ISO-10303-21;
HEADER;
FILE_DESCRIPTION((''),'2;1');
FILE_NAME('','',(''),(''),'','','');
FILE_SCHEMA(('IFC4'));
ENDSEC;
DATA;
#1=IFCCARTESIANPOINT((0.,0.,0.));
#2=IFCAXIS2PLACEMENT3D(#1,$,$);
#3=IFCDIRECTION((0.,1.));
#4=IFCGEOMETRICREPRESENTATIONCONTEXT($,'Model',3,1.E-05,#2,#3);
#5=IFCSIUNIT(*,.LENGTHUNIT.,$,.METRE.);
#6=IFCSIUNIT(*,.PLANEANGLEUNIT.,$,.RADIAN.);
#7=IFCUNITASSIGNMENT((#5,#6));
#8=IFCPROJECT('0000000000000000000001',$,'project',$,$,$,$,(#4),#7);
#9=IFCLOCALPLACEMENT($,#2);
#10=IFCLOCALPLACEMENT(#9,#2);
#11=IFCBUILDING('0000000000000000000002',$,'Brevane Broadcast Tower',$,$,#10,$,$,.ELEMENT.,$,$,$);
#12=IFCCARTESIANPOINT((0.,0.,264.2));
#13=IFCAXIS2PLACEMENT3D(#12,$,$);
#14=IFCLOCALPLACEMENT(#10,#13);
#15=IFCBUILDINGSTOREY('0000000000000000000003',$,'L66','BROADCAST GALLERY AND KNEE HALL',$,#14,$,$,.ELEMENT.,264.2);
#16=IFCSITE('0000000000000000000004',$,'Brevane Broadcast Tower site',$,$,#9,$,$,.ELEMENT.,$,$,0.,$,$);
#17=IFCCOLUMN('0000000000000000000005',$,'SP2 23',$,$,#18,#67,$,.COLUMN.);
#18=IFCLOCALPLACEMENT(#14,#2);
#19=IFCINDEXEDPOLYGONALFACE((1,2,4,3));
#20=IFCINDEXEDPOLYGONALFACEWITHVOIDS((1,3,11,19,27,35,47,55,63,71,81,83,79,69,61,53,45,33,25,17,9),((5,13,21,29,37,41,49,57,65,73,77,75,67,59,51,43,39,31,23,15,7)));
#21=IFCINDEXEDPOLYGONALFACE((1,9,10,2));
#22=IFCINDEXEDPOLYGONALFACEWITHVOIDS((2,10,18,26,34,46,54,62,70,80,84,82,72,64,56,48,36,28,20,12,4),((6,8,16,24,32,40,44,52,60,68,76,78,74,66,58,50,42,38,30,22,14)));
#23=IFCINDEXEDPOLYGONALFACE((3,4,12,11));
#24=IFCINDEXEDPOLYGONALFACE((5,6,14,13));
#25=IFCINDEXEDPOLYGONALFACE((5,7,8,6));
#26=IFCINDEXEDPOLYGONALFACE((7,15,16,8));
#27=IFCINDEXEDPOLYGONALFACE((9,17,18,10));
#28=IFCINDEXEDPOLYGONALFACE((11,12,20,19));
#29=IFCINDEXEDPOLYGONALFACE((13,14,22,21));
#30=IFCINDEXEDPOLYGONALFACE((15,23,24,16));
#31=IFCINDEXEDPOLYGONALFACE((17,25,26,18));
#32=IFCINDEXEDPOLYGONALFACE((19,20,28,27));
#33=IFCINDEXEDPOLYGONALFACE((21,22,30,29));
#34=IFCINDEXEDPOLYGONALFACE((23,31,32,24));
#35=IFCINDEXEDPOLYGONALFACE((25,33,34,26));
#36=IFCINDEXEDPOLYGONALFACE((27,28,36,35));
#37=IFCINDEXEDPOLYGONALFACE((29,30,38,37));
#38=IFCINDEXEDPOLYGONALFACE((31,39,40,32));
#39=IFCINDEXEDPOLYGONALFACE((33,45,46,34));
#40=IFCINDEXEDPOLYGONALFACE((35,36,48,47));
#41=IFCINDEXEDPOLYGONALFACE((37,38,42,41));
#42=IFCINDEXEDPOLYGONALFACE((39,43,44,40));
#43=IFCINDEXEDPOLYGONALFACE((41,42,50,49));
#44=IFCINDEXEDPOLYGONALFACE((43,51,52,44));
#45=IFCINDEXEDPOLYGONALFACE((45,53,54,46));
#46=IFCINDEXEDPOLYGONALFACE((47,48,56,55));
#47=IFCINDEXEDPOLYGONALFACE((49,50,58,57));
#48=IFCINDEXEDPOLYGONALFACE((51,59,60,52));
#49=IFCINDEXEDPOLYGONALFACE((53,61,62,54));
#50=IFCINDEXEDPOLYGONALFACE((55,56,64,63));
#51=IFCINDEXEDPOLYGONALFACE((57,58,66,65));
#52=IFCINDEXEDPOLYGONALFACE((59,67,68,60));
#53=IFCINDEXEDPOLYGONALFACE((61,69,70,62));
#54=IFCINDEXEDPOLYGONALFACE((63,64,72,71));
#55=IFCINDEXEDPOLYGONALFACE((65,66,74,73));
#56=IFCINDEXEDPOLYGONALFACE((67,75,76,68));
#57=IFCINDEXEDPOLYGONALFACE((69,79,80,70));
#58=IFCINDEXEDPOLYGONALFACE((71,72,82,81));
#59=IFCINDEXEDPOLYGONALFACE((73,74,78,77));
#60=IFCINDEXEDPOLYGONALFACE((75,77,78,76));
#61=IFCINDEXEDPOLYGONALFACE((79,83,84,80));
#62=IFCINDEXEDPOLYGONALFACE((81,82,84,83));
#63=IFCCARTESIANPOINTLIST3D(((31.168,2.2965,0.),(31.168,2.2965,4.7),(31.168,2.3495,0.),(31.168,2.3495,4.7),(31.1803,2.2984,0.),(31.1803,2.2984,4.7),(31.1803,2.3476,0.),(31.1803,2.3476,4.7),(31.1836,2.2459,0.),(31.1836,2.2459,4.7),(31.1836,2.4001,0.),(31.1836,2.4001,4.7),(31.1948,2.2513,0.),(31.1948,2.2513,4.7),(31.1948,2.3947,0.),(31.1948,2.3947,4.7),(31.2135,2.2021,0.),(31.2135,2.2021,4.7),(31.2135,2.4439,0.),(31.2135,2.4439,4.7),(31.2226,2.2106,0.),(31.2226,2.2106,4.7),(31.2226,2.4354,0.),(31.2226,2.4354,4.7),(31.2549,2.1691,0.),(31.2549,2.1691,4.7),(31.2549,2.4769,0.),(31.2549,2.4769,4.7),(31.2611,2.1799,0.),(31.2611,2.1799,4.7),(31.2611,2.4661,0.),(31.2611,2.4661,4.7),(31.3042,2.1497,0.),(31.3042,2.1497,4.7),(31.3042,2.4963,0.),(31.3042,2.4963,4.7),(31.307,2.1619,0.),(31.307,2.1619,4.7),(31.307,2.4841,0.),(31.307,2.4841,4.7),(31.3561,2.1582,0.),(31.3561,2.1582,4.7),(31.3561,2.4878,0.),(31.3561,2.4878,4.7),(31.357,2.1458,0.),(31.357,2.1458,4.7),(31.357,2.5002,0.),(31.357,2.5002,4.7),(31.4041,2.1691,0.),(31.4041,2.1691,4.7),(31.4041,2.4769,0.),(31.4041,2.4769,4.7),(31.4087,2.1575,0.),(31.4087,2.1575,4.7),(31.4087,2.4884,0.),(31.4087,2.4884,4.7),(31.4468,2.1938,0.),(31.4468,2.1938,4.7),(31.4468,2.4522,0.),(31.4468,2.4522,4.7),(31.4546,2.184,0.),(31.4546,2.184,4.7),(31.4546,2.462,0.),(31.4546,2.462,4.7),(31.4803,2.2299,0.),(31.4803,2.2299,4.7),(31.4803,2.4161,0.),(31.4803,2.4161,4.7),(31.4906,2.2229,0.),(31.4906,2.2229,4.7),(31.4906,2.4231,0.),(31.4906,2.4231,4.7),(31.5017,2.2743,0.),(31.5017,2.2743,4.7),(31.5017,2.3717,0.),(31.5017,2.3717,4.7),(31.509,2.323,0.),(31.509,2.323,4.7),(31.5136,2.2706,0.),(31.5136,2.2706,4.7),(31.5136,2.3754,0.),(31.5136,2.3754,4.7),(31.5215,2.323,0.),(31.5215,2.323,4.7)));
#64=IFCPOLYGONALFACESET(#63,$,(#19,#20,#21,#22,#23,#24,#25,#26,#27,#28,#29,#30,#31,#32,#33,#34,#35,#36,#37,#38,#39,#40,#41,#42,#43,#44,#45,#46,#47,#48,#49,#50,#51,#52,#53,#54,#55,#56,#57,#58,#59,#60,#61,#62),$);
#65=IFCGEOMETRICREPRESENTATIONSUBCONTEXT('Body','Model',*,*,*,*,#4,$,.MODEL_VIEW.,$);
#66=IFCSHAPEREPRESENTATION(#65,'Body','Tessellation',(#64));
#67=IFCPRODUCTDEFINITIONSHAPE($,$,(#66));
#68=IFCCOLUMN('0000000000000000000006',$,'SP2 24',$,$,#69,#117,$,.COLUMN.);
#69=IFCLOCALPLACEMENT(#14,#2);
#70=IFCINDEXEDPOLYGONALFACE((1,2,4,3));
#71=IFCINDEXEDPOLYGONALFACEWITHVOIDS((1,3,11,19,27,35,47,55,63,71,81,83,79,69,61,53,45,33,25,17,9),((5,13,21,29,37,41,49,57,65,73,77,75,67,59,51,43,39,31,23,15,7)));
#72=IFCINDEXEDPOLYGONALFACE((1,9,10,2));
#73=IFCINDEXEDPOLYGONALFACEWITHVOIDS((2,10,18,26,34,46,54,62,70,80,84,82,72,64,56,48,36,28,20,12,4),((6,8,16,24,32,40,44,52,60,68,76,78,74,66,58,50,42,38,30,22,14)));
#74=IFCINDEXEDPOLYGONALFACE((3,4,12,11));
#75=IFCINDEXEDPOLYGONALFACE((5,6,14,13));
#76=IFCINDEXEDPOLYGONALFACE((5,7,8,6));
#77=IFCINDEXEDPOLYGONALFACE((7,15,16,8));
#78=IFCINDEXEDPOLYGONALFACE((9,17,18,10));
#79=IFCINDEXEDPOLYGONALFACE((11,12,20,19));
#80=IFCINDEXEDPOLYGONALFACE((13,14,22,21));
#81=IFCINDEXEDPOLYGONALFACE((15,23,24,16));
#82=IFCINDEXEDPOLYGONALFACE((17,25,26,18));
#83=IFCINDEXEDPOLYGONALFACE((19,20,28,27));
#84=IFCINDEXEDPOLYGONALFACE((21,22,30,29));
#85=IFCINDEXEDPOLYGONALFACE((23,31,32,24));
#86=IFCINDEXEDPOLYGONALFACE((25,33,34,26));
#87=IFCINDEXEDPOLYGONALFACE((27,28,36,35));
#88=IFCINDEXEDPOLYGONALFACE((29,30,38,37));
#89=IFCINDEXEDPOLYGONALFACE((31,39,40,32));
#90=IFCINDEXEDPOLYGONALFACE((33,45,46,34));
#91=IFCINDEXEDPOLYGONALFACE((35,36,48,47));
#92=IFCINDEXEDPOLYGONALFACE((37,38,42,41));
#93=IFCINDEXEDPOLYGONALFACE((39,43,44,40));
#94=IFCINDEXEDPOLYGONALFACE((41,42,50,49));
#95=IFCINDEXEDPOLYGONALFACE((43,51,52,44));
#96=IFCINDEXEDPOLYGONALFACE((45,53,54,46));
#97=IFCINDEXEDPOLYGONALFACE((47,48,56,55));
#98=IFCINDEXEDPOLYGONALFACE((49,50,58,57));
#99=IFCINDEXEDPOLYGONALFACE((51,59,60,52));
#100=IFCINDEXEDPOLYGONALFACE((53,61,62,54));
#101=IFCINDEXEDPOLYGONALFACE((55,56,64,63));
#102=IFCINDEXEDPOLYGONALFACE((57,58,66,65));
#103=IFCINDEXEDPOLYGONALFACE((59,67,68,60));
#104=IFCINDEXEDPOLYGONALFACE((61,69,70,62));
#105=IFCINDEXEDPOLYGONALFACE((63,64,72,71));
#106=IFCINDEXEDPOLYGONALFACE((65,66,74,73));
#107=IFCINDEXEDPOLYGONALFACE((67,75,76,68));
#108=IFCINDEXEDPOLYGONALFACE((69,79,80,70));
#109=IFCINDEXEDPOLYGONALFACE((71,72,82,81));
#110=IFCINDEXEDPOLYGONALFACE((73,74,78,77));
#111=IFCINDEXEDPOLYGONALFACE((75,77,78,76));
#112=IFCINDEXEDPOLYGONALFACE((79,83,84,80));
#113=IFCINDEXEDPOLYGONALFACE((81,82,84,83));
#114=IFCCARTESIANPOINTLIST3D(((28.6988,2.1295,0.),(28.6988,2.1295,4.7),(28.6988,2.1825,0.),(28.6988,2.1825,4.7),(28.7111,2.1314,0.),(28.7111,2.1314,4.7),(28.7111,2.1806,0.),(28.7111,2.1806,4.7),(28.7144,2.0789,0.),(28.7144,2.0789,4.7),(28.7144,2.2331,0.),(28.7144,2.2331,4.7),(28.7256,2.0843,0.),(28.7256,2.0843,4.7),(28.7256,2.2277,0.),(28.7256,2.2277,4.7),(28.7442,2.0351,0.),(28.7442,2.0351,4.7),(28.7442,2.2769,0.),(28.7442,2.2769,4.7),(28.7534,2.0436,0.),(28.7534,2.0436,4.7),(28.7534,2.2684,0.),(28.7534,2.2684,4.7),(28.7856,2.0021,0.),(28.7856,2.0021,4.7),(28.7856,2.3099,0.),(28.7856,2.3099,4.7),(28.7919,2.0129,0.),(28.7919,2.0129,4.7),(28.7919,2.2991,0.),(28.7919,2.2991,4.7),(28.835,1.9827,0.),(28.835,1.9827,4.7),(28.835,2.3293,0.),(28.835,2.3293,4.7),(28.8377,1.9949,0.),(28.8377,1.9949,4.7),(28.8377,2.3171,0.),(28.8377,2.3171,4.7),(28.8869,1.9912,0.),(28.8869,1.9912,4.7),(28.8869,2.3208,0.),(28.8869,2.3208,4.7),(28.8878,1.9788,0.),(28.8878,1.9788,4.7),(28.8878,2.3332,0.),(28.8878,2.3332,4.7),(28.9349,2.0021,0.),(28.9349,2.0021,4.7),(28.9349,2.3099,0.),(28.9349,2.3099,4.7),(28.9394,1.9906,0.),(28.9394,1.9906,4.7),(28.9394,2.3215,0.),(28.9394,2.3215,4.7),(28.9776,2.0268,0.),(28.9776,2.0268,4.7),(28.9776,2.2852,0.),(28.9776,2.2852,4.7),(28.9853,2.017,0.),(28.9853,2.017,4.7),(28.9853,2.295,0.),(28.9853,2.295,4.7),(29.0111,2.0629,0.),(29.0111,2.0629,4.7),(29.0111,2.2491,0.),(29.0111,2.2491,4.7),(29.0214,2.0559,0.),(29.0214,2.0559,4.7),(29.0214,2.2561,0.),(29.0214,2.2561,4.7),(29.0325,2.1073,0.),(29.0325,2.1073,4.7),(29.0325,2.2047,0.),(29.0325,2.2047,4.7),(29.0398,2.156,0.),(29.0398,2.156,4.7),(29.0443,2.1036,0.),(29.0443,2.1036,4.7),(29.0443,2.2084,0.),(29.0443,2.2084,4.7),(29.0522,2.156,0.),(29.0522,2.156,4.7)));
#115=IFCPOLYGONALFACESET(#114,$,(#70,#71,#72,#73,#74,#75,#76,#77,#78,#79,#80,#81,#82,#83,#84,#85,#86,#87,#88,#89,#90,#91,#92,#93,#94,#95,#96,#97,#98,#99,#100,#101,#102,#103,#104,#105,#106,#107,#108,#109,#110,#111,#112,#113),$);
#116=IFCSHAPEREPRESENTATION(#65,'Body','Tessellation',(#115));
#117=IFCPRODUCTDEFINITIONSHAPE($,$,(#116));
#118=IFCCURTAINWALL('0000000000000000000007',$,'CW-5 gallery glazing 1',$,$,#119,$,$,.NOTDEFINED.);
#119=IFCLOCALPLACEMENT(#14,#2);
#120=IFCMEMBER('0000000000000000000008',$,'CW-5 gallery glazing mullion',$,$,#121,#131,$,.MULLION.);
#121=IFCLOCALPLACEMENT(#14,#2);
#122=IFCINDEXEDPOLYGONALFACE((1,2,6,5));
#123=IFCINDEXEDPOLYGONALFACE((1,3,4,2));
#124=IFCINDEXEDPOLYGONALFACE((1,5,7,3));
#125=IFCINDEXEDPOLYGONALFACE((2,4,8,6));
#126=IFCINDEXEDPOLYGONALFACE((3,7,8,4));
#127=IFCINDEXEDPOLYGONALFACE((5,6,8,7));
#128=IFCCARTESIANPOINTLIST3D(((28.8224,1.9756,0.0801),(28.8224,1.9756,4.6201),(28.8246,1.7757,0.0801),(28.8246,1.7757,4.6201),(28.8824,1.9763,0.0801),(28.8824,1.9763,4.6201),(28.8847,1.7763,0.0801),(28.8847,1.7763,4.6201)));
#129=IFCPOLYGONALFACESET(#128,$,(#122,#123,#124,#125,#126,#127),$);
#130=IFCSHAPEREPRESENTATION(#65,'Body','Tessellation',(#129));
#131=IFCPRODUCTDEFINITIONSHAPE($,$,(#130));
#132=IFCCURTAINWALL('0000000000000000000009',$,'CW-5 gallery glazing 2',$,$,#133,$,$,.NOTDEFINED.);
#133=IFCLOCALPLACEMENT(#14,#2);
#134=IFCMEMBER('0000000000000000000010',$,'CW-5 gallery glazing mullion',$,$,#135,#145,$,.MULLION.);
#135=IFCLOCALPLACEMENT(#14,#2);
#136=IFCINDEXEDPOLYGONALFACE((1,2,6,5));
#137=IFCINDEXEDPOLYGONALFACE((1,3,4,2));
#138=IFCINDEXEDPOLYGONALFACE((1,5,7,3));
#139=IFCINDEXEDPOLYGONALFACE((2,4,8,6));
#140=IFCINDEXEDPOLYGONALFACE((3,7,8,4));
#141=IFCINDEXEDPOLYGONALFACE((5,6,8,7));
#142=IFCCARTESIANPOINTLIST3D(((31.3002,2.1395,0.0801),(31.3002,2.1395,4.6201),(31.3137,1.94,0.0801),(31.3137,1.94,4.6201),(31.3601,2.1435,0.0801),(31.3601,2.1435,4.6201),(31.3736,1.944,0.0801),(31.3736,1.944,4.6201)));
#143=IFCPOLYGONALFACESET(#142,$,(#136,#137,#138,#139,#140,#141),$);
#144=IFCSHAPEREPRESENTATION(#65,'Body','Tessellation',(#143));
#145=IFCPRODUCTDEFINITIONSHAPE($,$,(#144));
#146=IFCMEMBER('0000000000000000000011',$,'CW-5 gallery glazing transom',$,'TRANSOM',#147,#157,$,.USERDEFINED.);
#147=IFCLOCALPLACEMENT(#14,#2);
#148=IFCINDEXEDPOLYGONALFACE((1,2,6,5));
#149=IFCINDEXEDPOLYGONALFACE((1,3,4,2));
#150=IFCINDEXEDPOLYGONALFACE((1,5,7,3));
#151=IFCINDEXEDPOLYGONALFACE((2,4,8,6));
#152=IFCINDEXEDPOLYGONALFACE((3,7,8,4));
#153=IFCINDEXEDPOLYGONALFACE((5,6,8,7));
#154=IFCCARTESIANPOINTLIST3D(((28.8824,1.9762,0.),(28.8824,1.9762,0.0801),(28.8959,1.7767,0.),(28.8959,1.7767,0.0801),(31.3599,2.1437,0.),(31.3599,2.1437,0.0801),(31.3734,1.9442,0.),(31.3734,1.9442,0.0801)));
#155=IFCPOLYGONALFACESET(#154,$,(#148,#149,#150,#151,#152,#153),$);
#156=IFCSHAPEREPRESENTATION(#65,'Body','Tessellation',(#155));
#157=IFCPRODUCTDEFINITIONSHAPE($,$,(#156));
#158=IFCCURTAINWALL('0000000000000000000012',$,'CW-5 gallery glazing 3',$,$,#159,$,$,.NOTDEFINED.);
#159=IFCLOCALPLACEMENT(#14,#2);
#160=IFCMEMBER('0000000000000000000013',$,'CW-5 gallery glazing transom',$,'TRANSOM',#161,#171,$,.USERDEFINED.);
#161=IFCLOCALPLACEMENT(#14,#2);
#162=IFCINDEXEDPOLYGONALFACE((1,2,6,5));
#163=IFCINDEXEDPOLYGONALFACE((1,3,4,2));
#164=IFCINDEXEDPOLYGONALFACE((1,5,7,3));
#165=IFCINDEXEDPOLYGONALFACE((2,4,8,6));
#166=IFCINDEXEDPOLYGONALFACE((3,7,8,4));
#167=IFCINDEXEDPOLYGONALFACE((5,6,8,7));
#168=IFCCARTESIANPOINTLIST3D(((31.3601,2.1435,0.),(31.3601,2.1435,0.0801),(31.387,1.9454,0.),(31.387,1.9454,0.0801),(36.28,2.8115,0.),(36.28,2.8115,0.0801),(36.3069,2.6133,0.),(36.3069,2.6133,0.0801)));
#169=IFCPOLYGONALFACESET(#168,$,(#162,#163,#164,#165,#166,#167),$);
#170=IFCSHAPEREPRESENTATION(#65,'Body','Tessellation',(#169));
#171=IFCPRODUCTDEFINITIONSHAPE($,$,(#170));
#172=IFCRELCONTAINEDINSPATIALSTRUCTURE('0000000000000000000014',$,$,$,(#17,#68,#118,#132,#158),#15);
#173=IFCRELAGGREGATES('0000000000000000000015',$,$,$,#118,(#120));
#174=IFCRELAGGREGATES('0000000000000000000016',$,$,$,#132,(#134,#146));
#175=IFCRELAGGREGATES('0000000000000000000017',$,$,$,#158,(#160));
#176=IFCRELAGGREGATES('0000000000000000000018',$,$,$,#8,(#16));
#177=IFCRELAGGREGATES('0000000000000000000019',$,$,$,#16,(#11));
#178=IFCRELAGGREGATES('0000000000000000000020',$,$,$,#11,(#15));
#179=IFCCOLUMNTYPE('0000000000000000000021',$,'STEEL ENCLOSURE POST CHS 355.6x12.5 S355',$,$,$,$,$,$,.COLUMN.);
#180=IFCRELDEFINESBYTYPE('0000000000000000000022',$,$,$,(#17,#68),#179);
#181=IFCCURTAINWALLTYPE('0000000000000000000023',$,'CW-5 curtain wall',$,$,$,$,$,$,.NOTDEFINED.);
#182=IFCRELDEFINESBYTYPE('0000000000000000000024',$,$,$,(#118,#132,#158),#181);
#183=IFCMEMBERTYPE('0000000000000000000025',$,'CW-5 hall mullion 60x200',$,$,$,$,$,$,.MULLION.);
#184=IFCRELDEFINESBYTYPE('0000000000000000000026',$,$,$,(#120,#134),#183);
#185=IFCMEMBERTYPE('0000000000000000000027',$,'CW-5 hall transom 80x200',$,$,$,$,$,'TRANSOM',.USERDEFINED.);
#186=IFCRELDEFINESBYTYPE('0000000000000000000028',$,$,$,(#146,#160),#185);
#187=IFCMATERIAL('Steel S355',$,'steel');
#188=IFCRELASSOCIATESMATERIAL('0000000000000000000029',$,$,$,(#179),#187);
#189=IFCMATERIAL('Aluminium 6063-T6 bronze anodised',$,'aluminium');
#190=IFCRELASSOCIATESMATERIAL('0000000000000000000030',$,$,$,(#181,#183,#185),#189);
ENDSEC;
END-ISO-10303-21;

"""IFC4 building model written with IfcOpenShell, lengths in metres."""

from ifc_helpers import new_model, si_unit, direction, frame, origin, origin_2d, place, context, subcontext, project, spatial, rectangle, hollow_circle, extrude, material, material_profile, profile_set, type_object, element, aggregate, save


model = new_model("IFC4")

# Units and contexts
model_context = context("Model", 3, precision=1e-05, world=origin(), true_north=direction((0.0, 1.0)))
body_context = subcontext(model_context, "Body", "Model", "MODEL_VIEW")
ifc_project = project(units=[si_unit("LENGTHUNIT", "METRE"), si_unit("PLANEANGLEUNIT", "RADIAN")], contexts=[model_context])

# Site, building, storey
site_placement = place(None, origin())
site = spatial("IfcSite", under=ifc_project, at=site_placement, Name="Brevane Broadcast Tower site", CompositionType="ELEMENT", RefElevation=0.0)
building_placement = place(site_placement, origin())
building = spatial("IfcBuilding", under=site, at=building_placement, Name="Brevane Broadcast Tower", CompositionType="ELEMENT")
storey_placement = place(building_placement, frame((0.0, 0.0, 264.2)))
storey = spatial("IfcBuildingStorey", under=building, at=storey_placement, Name="L66", Description="BROADCAST GALLERY AND KNEE HALL", CompositionType="ELEMENT", Elevation=264.2)

# Columns
ifc_material_1 = material(Name="Steel S355", Category="steel")
ifc_material_profile_1 = material_profile(ifc_material_1, hollow_circle(Radius=0.1777, WallThickness=0.0125, at=origin_2d()), Name="CHS 355.6x12.5")
ifc_profile_set_1 = profile_set([ifc_material_profile_1], Name="Steel S355")
column_type = type_object("IfcColumnType", Name="STEEL ENCLOSURE POST CHS 355.6x12.5 S355", PredefinedType="COLUMN", material=ifc_profile_set_1)
for number, where, z_axis, x_axis, name in (
    (1, (31.3438, 2.323, 0.0), (0.0, 0.0, 1.0), (1.0, 0.0, 0.0), "SP2 23"),
    (2, (28.8745, 2.156, 0.0), (0.0, 0.0, 1.0), (1.0, 0.0, 0.0), "SP2 24"),
):
    element("IfcColumn", number, at=place(storey_placement, frame(where, z_axis=z_axis, x_axis=x_axis)), inside=storey, type_object=column_type, Name=name, PredefinedType="COLUMN", context=body_context, shape_type="SweptSolid", body=[
        extrude(hollow_circle(Radius=0.1777, WallThickness=0.0125, at=origin_2d()), origin(), (0.0, 0.0, 1.0), 4.7),
    ])

# Curtain wall, member
ifc_material_2 = material(Name="Aluminium 6063-T6 bronze anodised", Category="aluminium")
curtain_wall_type = type_object("IfcCurtainWallType", Name="CW-5 curtain wall", PredefinedType="NOTDEFINED", material=ifc_material_2)
curtain_wall_1_placement = place(storey_placement, origin())
curtain_wall_1 = element("IfcCurtainWall", 3, at=curtain_wall_1_placement, inside=storey, type_object=curtain_wall_type, Name="CW-5 gallery glazing 1", PredefinedType="NOTDEFINED")
ifc_material_profile_2 = material_profile(ifc_material_2, rectangle(XDim=0.2, YDim=0.0601, at=origin_2d()), Name="RECT 60x200")
ifc_profile_set_2 = profile_set([ifc_material_profile_2], Name="Aluminium 6063-T6 bronze anodised")
member_type_1 = type_object("IfcMemberType", Name="CW-5 hall mullion 60x200", PredefinedType="MULLION", material=ifc_profile_set_2)
member_1_placement = place(storey_placement, frame((28.8535, 1.876, 0.0801), z_axis=(0.0, 0.0, 1.0), x_axis=(-0.011244, 0.999937, 0.0)))
member_1 = element("IfcMember", 4, at=member_1_placement, type_object=member_type_1, Name="CW-5 gallery glazing mullion", PredefinedType="MULLION", context=body_context, shape_type="SweptSolid", body=[
    extrude(rectangle(XDim=0.2, YDim=0.0601, at=origin_2d()), origin(), (0.0, 0.0, 1.0), 4.54),
])

# Curtain wall, members
curtain_wall_2_placement = place(storey_placement, origin())
curtain_wall_2 = element("IfcCurtainWall", 5, at=curtain_wall_2_placement, inside=storey, type_object=curtain_wall_type, Name="CW-5 gallery glazing 2", PredefinedType="NOTDEFINED")
member_2_placement = place(storey_placement, frame((31.3369, 2.0417, 0.0801), z_axis=(0.0, 0.0, 1.0), x_axis=(-0.067413, 0.997725, 0.0)))
member_2 = element("IfcMember", 6, at=member_2_placement, type_object=member_type_1, Name="CW-5 gallery glazing mullion", PredefinedType="MULLION", context=body_context, shape_type="SweptSolid", body=[
    extrude(rectangle(XDim=0.2, YDim=0.0601, at=origin_2d()), origin(), (0.0, 0.0, 1.0), 4.54),
])
ifc_material_profile_3 = material_profile(ifc_material_2, rectangle(XDim=0.2, YDim=0.0801, at=origin_2d()), Name="RECT 80x200")
ifc_profile_set_3 = profile_set([ifc_material_profile_3], Name="Aluminium 6063-T6 bronze anodised")
member_type_2 = type_object("IfcMemberType", Name="CW-5 hall transom 80x200", ElementType="TRANSOM", PredefinedType="USERDEFINED", material=ifc_profile_set_3)
member_3_placement = place(storey_placement, frame((28.8892, 1.8765, 0.04), z_axis=(0.997723, 0.067446, 0.0), x_axis=(-0.067446, 0.997723, 0.0)))
member_3 = element("IfcMember", 7, at=member_3_placement, type_object=member_type_2, Name="CW-5 gallery glazing transom", ObjectType="TRANSOM", PredefinedType="USERDEFINED", context=body_context, shape_type="SweptSolid", body=[
    extrude(rectangle(XDim=0.2, YDim=0.0801, at=origin_2d()), origin(), (0.0, 0.0, 1.0), 2.4832),
])

# Curtain wall, member
curtain_wall_3_placement = place(storey_placement, origin())
curtain_wall_3 = element("IfcCurtainWall", 8, at=curtain_wall_3_placement, inside=storey, type_object=curtain_wall_type, Name="CW-5 gallery glazing 3", PredefinedType="NOTDEFINED")
member_4_placement = place(storey_placement, frame((31.3735, 2.0444, 0.04), z_axis=(0.990909, 0.134534, 0.0), x_axis=(-0.134534, 0.990909, 0.0)))
member_4 = element("IfcMember", 9, at=member_4_placement, type_object=member_type_2, Name="CW-5 gallery glazing transom", ObjectType="TRANSOM", PredefinedType="USERDEFINED", context=body_context, shape_type="SweptSolid", body=[
    extrude(rectangle(XDim=0.2, YDim=0.0801, at=origin_2d()), origin(), (0.0, 0.0, 1.0), 4.9651),
])

aggregate(curtain_wall_1, [member_1])
aggregate(curtain_wall_2, [member_2, member_3])
aggregate(curtain_wall_3, [member_4])

save(model, "model.ifc")
